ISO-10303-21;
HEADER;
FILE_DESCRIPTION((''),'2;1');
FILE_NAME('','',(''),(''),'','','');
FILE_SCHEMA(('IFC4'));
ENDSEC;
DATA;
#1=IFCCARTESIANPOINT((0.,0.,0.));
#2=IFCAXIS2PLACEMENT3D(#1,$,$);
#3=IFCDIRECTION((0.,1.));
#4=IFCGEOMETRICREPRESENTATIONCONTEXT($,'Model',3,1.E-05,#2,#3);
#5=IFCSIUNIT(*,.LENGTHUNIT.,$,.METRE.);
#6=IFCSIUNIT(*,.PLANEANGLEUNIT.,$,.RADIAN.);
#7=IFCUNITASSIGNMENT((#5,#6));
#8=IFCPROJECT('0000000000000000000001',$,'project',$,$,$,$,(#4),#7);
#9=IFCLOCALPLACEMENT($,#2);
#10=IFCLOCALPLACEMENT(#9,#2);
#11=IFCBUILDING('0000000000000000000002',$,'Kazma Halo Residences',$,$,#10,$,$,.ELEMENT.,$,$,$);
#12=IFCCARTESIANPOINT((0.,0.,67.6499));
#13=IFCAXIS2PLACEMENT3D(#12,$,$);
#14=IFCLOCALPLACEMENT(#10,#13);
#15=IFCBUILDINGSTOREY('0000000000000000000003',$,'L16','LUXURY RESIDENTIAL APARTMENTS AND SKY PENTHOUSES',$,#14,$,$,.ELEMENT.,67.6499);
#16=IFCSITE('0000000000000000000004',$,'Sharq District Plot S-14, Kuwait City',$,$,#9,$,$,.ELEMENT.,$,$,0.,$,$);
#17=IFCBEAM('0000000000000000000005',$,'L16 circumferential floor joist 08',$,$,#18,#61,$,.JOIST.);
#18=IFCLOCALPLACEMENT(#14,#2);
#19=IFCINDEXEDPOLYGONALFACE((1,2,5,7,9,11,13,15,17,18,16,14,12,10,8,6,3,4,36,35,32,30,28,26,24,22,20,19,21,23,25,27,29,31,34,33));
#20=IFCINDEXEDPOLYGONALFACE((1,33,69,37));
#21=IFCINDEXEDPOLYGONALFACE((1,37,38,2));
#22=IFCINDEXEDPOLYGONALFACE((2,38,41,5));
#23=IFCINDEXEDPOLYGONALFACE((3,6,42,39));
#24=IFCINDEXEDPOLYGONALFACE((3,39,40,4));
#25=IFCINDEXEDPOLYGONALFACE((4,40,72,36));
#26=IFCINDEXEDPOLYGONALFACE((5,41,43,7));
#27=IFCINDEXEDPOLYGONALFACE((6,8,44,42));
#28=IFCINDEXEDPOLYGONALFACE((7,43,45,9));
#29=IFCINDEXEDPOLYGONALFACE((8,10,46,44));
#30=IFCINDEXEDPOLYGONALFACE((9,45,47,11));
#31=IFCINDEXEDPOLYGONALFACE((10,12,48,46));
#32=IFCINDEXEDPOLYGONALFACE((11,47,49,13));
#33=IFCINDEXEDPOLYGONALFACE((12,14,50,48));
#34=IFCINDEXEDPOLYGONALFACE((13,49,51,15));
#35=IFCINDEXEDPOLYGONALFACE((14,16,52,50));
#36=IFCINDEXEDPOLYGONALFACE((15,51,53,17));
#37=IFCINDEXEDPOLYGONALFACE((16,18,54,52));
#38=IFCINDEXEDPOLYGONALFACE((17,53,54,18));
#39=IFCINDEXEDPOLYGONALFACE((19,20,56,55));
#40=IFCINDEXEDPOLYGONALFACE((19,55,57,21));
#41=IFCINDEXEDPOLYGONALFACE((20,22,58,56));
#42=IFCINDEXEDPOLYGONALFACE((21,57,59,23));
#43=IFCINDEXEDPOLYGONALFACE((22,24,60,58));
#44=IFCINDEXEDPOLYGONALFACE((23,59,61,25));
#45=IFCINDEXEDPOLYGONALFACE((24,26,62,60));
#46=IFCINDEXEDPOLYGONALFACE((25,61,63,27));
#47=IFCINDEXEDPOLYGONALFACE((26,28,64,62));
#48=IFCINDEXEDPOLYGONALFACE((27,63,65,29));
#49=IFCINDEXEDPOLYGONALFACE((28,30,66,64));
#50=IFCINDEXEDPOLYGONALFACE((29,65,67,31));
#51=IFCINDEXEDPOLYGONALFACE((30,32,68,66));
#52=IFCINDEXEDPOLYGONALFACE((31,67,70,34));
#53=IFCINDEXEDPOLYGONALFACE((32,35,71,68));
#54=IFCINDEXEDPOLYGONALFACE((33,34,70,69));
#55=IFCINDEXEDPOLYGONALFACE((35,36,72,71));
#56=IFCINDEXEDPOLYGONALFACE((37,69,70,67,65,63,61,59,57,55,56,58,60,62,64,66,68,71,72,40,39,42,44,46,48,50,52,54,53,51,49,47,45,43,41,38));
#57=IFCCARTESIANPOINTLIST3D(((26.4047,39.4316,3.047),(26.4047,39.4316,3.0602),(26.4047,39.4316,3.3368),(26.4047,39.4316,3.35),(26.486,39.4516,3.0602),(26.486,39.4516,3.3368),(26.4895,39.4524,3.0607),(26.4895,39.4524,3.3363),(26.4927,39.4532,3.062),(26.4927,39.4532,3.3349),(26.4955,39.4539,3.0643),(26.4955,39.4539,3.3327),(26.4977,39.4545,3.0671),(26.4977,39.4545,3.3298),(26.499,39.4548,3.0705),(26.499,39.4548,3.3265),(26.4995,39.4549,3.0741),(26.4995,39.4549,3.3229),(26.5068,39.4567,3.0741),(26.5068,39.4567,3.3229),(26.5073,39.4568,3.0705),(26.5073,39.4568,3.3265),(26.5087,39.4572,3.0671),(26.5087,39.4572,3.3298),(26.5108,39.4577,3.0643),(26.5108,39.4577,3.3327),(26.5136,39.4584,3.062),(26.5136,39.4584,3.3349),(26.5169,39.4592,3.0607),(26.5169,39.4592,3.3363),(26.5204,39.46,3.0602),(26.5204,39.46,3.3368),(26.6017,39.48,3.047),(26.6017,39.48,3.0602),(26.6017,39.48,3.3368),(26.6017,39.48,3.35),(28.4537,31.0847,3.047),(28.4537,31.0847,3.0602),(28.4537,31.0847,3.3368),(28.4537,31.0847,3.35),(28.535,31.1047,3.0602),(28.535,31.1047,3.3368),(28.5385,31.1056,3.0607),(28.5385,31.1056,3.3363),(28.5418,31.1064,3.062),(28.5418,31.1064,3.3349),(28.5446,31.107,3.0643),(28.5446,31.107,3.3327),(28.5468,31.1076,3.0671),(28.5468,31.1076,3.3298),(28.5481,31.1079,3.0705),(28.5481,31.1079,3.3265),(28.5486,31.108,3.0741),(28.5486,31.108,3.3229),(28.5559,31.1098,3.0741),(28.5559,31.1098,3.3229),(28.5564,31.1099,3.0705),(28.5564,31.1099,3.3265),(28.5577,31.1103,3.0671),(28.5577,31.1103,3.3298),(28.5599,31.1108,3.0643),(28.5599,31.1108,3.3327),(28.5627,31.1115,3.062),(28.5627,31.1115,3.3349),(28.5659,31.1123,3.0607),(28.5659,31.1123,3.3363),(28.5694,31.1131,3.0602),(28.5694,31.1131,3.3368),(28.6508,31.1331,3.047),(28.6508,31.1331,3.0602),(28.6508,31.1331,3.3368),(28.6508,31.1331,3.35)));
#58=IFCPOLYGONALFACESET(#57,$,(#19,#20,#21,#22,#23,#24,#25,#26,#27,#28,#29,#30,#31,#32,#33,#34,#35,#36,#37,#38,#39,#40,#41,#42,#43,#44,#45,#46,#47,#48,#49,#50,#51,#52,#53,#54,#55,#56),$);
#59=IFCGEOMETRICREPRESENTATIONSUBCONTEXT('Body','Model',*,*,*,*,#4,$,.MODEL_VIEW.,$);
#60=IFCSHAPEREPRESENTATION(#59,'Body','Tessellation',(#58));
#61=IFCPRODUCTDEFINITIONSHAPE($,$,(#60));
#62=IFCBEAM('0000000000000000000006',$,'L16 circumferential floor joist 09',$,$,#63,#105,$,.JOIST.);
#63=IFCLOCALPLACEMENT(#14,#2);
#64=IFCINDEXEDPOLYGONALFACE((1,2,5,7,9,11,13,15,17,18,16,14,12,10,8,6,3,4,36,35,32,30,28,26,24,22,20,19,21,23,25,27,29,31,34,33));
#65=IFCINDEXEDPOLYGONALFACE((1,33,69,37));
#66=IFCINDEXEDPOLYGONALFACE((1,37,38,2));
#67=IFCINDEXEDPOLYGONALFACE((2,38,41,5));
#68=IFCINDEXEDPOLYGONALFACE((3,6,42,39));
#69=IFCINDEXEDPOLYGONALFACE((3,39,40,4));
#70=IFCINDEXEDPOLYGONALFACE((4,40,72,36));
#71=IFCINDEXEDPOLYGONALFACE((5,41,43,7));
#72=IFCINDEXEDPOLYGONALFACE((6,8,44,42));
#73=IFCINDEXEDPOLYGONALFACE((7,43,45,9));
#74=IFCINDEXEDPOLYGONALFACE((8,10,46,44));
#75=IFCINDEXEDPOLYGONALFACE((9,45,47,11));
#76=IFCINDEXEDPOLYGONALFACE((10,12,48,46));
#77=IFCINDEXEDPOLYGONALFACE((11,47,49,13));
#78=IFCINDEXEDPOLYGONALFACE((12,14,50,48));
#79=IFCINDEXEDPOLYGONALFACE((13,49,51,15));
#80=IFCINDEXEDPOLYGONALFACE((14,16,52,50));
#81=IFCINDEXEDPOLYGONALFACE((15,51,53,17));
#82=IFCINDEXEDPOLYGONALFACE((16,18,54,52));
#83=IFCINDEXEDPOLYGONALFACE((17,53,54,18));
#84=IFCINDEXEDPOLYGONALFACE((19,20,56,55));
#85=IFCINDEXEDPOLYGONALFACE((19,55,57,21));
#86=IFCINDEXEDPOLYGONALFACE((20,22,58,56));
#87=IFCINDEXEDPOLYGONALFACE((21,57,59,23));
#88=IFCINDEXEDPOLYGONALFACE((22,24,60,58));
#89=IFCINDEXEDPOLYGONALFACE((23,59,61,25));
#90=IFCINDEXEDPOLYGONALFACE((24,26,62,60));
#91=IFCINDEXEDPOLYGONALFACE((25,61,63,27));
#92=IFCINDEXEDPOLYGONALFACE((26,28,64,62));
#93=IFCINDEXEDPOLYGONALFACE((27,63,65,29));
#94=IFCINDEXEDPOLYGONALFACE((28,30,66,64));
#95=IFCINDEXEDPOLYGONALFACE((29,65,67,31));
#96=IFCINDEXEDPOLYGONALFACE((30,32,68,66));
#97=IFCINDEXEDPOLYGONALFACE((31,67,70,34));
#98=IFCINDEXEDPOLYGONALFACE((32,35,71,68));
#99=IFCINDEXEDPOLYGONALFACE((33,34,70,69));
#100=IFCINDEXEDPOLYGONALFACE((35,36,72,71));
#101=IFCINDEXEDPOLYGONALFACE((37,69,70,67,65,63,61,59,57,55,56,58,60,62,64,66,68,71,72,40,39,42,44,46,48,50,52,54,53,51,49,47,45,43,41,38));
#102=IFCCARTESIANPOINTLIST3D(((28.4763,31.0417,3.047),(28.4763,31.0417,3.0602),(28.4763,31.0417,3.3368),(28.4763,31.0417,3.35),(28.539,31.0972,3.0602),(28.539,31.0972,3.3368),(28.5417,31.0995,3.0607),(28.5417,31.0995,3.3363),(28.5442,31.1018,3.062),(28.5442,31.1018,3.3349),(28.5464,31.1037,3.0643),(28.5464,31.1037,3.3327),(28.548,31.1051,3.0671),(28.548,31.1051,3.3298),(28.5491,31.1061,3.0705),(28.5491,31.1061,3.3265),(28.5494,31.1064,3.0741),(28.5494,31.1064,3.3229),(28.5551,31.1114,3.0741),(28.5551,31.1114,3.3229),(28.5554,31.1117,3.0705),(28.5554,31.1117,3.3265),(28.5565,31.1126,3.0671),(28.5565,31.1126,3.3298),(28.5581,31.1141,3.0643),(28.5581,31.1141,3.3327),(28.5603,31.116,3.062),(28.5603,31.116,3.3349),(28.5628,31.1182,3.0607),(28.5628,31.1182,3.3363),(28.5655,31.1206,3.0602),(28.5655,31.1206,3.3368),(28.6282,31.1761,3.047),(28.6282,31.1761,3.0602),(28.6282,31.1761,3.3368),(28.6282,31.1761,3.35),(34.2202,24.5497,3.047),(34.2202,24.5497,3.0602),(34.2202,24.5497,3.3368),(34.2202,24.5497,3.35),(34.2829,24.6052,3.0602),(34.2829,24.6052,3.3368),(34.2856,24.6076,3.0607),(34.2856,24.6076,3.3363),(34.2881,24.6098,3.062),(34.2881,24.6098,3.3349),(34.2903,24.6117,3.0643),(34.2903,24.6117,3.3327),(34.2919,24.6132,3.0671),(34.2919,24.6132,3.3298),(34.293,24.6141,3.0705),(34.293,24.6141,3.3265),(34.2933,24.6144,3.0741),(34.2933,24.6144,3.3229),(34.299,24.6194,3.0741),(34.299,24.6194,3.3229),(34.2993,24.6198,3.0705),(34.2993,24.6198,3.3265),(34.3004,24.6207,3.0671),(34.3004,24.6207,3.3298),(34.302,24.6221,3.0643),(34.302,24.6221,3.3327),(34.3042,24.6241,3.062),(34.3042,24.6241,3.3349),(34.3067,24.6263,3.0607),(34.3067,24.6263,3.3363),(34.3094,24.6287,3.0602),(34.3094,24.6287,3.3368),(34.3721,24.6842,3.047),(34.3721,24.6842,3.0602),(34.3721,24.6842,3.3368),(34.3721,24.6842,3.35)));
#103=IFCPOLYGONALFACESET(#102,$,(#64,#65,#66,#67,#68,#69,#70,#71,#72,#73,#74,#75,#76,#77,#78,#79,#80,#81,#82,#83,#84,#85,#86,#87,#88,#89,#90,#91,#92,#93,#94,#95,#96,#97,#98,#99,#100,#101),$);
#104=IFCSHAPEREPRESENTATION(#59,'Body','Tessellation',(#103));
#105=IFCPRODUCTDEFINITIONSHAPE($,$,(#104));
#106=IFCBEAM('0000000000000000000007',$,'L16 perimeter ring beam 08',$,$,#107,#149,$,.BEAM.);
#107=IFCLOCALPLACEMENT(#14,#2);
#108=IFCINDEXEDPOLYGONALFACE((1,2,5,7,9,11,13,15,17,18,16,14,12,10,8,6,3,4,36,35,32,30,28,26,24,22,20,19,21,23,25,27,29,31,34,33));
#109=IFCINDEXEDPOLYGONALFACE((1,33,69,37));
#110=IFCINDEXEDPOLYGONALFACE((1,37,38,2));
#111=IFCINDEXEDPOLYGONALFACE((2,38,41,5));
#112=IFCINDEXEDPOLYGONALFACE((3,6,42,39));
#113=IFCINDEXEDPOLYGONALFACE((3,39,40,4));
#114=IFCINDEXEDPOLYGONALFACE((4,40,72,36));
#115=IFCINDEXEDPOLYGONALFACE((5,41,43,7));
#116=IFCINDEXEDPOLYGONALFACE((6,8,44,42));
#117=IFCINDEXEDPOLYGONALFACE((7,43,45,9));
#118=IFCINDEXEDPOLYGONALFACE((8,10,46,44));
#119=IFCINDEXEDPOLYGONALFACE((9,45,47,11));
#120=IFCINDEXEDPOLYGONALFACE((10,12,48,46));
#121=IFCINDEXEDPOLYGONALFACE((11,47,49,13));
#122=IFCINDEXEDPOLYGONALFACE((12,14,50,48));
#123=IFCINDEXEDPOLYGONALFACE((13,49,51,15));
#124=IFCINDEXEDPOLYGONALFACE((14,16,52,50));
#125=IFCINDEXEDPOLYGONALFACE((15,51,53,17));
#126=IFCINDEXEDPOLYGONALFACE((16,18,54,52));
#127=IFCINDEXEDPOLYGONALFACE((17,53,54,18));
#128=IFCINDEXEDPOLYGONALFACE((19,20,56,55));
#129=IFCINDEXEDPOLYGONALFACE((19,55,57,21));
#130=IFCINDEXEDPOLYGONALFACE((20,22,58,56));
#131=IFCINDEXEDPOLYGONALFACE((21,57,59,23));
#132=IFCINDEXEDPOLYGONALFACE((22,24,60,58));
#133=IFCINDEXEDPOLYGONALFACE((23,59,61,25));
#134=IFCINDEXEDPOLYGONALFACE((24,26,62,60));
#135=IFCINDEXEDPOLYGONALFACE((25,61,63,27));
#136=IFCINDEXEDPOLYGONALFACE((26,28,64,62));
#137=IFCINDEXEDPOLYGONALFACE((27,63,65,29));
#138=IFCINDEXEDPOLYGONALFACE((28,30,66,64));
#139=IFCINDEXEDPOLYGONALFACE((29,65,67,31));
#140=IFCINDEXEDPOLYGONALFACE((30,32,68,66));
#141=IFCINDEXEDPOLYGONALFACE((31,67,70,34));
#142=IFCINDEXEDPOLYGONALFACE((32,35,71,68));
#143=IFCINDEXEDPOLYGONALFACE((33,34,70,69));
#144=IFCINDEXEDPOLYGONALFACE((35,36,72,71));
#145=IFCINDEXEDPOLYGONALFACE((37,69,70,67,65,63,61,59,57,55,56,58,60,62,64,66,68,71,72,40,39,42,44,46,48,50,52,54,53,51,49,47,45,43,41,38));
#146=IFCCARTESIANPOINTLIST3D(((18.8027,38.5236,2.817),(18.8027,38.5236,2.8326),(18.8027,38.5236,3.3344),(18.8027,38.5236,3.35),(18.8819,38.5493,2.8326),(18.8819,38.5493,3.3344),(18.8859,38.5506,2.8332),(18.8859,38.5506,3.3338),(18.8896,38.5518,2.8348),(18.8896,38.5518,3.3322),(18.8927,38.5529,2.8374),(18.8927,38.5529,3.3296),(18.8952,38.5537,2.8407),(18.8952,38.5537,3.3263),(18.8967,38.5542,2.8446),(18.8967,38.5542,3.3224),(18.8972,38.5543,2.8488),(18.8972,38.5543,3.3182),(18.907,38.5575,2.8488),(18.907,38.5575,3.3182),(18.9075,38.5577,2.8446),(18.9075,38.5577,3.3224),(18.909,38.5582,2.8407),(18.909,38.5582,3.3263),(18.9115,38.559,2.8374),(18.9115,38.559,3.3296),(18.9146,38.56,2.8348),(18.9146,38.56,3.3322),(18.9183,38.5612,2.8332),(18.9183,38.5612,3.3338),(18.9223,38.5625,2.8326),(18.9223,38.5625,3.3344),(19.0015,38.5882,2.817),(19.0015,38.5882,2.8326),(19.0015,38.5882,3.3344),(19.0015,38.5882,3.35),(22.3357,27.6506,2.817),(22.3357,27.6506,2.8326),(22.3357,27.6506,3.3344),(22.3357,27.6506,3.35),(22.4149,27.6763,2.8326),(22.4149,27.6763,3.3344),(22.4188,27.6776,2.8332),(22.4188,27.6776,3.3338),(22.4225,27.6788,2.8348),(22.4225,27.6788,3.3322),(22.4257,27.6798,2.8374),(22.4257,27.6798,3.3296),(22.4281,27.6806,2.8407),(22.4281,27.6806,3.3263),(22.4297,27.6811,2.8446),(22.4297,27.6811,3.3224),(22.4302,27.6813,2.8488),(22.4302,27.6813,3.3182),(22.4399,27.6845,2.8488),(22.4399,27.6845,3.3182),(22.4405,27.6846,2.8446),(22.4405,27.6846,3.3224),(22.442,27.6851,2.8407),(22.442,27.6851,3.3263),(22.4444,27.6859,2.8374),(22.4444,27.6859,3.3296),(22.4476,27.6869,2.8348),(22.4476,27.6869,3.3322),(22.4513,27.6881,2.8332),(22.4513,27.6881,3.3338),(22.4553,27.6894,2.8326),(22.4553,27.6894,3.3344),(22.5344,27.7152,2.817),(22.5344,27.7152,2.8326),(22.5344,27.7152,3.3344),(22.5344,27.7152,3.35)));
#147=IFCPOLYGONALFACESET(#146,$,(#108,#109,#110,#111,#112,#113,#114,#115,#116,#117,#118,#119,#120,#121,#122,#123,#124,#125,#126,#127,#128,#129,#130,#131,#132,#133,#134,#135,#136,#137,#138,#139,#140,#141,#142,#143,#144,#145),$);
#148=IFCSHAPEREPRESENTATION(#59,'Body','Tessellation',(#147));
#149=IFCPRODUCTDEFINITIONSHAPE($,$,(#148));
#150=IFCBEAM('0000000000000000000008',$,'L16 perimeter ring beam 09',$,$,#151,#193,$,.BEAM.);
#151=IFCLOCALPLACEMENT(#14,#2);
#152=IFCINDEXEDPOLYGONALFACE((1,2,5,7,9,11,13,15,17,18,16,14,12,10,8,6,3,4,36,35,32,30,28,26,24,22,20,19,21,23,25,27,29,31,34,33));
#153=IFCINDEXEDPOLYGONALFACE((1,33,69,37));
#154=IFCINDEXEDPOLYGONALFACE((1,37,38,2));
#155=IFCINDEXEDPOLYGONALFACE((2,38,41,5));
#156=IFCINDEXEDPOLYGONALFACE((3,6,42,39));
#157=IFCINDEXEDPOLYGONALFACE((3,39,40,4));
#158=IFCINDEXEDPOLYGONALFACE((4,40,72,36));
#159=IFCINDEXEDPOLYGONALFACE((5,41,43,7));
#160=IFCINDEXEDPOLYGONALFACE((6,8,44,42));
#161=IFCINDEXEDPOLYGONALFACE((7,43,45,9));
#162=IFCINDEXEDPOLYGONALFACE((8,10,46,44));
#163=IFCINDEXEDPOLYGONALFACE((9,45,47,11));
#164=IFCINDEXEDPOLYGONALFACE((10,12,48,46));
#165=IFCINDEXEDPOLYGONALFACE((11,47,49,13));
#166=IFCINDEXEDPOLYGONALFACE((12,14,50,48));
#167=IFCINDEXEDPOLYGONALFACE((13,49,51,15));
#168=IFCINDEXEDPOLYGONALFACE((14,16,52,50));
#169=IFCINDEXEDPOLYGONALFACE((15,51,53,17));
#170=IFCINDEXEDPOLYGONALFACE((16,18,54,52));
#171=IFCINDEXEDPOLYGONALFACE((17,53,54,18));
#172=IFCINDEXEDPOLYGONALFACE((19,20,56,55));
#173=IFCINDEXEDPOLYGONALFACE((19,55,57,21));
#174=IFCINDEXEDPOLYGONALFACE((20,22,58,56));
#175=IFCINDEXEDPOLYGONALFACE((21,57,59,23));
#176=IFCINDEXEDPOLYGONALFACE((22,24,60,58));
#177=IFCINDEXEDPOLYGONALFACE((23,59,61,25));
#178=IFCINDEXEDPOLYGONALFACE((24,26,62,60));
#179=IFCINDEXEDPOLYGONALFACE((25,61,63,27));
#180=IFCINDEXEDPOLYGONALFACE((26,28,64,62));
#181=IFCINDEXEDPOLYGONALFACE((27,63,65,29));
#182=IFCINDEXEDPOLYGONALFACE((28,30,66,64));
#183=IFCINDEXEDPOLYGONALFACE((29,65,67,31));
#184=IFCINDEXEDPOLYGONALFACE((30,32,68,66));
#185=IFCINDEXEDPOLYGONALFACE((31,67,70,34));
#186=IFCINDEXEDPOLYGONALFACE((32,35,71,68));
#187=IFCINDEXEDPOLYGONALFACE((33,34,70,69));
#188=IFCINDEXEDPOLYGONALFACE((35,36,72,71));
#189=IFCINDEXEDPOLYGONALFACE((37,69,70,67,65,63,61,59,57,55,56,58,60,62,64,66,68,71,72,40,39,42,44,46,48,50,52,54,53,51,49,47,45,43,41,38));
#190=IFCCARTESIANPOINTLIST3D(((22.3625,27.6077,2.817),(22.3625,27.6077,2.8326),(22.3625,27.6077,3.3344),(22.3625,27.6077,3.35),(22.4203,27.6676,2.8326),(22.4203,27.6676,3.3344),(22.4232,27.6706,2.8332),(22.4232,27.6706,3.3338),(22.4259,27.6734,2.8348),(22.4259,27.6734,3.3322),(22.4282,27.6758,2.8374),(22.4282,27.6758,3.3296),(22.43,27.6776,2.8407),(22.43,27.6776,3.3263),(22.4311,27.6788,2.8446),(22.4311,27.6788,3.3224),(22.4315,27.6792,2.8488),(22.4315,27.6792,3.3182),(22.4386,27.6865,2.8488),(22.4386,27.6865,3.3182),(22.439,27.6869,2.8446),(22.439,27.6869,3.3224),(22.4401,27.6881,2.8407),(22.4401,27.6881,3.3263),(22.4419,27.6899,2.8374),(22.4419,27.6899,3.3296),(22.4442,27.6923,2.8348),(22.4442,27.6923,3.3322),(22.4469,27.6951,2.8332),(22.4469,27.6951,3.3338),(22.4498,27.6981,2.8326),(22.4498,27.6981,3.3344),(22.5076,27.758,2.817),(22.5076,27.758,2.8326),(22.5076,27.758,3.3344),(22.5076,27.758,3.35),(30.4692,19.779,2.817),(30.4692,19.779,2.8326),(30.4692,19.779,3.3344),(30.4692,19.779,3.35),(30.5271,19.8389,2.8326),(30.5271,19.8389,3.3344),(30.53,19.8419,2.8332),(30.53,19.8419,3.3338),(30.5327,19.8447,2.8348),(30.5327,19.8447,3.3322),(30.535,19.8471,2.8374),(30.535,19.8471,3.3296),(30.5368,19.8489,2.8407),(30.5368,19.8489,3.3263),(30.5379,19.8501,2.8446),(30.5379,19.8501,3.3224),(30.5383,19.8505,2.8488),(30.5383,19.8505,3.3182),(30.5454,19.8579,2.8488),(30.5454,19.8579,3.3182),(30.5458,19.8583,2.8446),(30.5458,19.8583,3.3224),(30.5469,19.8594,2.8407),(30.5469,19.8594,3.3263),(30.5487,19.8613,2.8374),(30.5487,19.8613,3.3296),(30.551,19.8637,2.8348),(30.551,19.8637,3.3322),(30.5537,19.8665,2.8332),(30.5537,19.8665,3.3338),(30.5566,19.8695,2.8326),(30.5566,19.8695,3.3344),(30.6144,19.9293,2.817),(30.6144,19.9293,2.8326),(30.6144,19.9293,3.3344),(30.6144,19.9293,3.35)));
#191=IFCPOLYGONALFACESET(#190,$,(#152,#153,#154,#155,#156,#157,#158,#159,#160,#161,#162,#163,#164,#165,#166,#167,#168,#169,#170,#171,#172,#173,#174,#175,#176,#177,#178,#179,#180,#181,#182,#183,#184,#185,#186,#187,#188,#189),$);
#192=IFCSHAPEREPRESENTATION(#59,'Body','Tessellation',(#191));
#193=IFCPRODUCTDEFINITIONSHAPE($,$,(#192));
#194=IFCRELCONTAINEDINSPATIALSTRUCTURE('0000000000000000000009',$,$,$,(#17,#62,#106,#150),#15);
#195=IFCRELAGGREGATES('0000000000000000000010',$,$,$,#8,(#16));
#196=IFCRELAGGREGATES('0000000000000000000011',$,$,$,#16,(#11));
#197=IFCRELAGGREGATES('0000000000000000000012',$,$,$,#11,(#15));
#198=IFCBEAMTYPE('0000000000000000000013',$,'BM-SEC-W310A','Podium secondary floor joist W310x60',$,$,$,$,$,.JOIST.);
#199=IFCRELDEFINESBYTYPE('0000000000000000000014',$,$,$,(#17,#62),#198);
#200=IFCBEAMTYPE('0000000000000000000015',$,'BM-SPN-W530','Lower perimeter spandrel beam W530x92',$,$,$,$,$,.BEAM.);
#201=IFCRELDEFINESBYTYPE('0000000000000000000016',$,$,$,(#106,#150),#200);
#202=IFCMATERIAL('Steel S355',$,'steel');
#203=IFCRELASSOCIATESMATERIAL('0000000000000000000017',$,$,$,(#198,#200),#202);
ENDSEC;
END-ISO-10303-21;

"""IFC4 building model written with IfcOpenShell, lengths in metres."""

from ifc_helpers import new_model, si_unit, direction, frame, origin, origin_2d, place, context, subcontext, project, spatial, i_section, extrude, material, material_profile, profile_set, type_object, element, save


model = new_model("IFC4")

# Units and contexts
model_context = context("Model", 3, precision=1e-05, world=origin(), true_north=direction((0.0, 1.0)))
body_context = subcontext(model_context, "Body", "Model", "MODEL_VIEW")
ifc_project = project(units=[si_unit("LENGTHUNIT", "METRE"), si_unit("PLANEANGLEUNIT", "RADIAN")], contexts=[model_context])

# Site, building, storey
site_placement = place(None, origin())
site = spatial("IfcSite", under=ifc_project, at=site_placement, Name="Sharq District Plot S-14, Kuwait City", CompositionType="ELEMENT", RefElevation=0.0)
building_placement = place(site_placement, origin())
building = spatial("IfcBuilding", under=site, at=building_placement, Name="Kazma Halo Residences", CompositionType="ELEMENT")
storey_placement = place(building_placement, frame((0.0, 0.0, 67.6499)))
storey = spatial("IfcBuildingStorey", under=building, at=storey_placement, Name="L16", Description="LUXURY RESIDENTIAL APARTMENTS AND SKY PENTHOUSES", CompositionType="ELEMENT", Elevation=67.6499)

# Beams
ifc_material_1 = material(Name="Steel S355", Category="steel")
ifc_material_profile_1 = material_profile(ifc_material_1, i_section(OverallWidth=0.2029, OverallDepth=0.303, WebThickness=0.0076, FlangeThickness=0.0132, FilletRadius=0.0139, at=origin_2d()), Name="W310x60")
ifc_profile_set_1 = profile_set([ifc_material_profile_1], Name="Steel S355")
beam_type_1 = type_object("IfcBeamType", Name="BM-SEC-W310A", Description="Podium secondary floor joist W310x60", PredefinedType="JOIST", material=ifc_profile_set_1)
beam_1_placement = place(storey_placement, frame((26.5032, 39.4558, 3.1985), z_axis=(0.23841, -0.971165, 0.0), x_axis=(0.971165, 0.23841, 0.0)))
element("IfcBeam", 1, at=beam_1_placement, inside=storey, type_object=beam_type_1, Name="L16 circumferential floor joist 08", PredefinedType="JOIST", context=body_context, shape_type="SweptSolid", body=[
    extrude(i_section(OverallWidth=0.2029, OverallDepth=0.303, WebThickness=0.0076, FlangeThickness=0.0132, FilletRadius=0.0139, at=origin_2d()), origin(), (0.0, 0.0, 1.0), 8.5947),
])
beam_2_placement = place(storey_placement, frame((28.5522, 31.1089, 3.1985), z_axis=(0.66264, -0.748938, 0.0), x_axis=(0.748938, 0.66264, 0.0)))
element("IfcBeam", 2, at=beam_2_placement, inside=storey, type_object=beam_type_1, Name="L16 circumferential floor joist 09", PredefinedType="JOIST", context=body_context, shape_type="SweptSolid", body=[
    extrude(i_section(OverallWidth=0.2029, OverallDepth=0.303, WebThickness=0.0076, FlangeThickness=0.0132, FilletRadius=0.0139, at=origin_2d()), origin(), (0.0, 0.0, 1.0), 8.6682),
])
ifc_material_profile_2 = material_profile(ifc_material_1, i_section(OverallWidth=0.209, OverallDepth=0.533, WebThickness=0.0103, FlangeThickness=0.0156, FilletRadius=0.0161, at=origin_2d()), Name="W530x92")
ifc_profile_set_2 = profile_set([ifc_material_profile_2], Name="Steel S355")
beam_type_2 = type_object("IfcBeamType", Name="BM-SPN-W530", Description="Lower perimeter spandrel beam W530x92", PredefinedType="BEAM", material=ifc_profile_set_2)
beam_3_placement = place(storey_placement, frame((18.9021, 38.5559, 3.0835), z_axis=(0.309024, -0.951054, 0.0), x_axis=(0.951054, 0.309024, 0.0)))
element("IfcBeam", 3, at=beam_3_placement, inside=storey, type_object=beam_type_2, Name="L16 perimeter ring beam 08", PredefinedType="BEAM", context=body_context, shape_type="SweptSolid", body=[
    extrude(i_section(OverallWidth=0.209, OverallDepth=0.533, WebThickness=0.0103, FlangeThickness=0.0156, FilletRadius=0.0161, at=origin_2d()), origin(), (0.0, 0.0, 1.0), 11.4326),
])
beam_4_placement = place(storey_placement, frame((22.4351, 27.6829, 3.0835), z_axis=(0.719337, -0.694662, 0.0), x_axis=(0.694662, 0.719337, 0.0)))
element("IfcBeam", 4, at=beam_4_placement, inside=storey, type_object=beam_type_2, Name="L16 perimeter ring beam 09", PredefinedType="BEAM", context=body_context, shape_type="SweptSolid", body=[
    extrude(i_section(OverallWidth=0.209, OverallDepth=0.533, WebThickness=0.0103, FlangeThickness=0.0156, FilletRadius=0.0161, at=origin_2d()), origin(), (0.0, 0.0, 1.0), 11.2698),
])

save(model, "model.ifc")
